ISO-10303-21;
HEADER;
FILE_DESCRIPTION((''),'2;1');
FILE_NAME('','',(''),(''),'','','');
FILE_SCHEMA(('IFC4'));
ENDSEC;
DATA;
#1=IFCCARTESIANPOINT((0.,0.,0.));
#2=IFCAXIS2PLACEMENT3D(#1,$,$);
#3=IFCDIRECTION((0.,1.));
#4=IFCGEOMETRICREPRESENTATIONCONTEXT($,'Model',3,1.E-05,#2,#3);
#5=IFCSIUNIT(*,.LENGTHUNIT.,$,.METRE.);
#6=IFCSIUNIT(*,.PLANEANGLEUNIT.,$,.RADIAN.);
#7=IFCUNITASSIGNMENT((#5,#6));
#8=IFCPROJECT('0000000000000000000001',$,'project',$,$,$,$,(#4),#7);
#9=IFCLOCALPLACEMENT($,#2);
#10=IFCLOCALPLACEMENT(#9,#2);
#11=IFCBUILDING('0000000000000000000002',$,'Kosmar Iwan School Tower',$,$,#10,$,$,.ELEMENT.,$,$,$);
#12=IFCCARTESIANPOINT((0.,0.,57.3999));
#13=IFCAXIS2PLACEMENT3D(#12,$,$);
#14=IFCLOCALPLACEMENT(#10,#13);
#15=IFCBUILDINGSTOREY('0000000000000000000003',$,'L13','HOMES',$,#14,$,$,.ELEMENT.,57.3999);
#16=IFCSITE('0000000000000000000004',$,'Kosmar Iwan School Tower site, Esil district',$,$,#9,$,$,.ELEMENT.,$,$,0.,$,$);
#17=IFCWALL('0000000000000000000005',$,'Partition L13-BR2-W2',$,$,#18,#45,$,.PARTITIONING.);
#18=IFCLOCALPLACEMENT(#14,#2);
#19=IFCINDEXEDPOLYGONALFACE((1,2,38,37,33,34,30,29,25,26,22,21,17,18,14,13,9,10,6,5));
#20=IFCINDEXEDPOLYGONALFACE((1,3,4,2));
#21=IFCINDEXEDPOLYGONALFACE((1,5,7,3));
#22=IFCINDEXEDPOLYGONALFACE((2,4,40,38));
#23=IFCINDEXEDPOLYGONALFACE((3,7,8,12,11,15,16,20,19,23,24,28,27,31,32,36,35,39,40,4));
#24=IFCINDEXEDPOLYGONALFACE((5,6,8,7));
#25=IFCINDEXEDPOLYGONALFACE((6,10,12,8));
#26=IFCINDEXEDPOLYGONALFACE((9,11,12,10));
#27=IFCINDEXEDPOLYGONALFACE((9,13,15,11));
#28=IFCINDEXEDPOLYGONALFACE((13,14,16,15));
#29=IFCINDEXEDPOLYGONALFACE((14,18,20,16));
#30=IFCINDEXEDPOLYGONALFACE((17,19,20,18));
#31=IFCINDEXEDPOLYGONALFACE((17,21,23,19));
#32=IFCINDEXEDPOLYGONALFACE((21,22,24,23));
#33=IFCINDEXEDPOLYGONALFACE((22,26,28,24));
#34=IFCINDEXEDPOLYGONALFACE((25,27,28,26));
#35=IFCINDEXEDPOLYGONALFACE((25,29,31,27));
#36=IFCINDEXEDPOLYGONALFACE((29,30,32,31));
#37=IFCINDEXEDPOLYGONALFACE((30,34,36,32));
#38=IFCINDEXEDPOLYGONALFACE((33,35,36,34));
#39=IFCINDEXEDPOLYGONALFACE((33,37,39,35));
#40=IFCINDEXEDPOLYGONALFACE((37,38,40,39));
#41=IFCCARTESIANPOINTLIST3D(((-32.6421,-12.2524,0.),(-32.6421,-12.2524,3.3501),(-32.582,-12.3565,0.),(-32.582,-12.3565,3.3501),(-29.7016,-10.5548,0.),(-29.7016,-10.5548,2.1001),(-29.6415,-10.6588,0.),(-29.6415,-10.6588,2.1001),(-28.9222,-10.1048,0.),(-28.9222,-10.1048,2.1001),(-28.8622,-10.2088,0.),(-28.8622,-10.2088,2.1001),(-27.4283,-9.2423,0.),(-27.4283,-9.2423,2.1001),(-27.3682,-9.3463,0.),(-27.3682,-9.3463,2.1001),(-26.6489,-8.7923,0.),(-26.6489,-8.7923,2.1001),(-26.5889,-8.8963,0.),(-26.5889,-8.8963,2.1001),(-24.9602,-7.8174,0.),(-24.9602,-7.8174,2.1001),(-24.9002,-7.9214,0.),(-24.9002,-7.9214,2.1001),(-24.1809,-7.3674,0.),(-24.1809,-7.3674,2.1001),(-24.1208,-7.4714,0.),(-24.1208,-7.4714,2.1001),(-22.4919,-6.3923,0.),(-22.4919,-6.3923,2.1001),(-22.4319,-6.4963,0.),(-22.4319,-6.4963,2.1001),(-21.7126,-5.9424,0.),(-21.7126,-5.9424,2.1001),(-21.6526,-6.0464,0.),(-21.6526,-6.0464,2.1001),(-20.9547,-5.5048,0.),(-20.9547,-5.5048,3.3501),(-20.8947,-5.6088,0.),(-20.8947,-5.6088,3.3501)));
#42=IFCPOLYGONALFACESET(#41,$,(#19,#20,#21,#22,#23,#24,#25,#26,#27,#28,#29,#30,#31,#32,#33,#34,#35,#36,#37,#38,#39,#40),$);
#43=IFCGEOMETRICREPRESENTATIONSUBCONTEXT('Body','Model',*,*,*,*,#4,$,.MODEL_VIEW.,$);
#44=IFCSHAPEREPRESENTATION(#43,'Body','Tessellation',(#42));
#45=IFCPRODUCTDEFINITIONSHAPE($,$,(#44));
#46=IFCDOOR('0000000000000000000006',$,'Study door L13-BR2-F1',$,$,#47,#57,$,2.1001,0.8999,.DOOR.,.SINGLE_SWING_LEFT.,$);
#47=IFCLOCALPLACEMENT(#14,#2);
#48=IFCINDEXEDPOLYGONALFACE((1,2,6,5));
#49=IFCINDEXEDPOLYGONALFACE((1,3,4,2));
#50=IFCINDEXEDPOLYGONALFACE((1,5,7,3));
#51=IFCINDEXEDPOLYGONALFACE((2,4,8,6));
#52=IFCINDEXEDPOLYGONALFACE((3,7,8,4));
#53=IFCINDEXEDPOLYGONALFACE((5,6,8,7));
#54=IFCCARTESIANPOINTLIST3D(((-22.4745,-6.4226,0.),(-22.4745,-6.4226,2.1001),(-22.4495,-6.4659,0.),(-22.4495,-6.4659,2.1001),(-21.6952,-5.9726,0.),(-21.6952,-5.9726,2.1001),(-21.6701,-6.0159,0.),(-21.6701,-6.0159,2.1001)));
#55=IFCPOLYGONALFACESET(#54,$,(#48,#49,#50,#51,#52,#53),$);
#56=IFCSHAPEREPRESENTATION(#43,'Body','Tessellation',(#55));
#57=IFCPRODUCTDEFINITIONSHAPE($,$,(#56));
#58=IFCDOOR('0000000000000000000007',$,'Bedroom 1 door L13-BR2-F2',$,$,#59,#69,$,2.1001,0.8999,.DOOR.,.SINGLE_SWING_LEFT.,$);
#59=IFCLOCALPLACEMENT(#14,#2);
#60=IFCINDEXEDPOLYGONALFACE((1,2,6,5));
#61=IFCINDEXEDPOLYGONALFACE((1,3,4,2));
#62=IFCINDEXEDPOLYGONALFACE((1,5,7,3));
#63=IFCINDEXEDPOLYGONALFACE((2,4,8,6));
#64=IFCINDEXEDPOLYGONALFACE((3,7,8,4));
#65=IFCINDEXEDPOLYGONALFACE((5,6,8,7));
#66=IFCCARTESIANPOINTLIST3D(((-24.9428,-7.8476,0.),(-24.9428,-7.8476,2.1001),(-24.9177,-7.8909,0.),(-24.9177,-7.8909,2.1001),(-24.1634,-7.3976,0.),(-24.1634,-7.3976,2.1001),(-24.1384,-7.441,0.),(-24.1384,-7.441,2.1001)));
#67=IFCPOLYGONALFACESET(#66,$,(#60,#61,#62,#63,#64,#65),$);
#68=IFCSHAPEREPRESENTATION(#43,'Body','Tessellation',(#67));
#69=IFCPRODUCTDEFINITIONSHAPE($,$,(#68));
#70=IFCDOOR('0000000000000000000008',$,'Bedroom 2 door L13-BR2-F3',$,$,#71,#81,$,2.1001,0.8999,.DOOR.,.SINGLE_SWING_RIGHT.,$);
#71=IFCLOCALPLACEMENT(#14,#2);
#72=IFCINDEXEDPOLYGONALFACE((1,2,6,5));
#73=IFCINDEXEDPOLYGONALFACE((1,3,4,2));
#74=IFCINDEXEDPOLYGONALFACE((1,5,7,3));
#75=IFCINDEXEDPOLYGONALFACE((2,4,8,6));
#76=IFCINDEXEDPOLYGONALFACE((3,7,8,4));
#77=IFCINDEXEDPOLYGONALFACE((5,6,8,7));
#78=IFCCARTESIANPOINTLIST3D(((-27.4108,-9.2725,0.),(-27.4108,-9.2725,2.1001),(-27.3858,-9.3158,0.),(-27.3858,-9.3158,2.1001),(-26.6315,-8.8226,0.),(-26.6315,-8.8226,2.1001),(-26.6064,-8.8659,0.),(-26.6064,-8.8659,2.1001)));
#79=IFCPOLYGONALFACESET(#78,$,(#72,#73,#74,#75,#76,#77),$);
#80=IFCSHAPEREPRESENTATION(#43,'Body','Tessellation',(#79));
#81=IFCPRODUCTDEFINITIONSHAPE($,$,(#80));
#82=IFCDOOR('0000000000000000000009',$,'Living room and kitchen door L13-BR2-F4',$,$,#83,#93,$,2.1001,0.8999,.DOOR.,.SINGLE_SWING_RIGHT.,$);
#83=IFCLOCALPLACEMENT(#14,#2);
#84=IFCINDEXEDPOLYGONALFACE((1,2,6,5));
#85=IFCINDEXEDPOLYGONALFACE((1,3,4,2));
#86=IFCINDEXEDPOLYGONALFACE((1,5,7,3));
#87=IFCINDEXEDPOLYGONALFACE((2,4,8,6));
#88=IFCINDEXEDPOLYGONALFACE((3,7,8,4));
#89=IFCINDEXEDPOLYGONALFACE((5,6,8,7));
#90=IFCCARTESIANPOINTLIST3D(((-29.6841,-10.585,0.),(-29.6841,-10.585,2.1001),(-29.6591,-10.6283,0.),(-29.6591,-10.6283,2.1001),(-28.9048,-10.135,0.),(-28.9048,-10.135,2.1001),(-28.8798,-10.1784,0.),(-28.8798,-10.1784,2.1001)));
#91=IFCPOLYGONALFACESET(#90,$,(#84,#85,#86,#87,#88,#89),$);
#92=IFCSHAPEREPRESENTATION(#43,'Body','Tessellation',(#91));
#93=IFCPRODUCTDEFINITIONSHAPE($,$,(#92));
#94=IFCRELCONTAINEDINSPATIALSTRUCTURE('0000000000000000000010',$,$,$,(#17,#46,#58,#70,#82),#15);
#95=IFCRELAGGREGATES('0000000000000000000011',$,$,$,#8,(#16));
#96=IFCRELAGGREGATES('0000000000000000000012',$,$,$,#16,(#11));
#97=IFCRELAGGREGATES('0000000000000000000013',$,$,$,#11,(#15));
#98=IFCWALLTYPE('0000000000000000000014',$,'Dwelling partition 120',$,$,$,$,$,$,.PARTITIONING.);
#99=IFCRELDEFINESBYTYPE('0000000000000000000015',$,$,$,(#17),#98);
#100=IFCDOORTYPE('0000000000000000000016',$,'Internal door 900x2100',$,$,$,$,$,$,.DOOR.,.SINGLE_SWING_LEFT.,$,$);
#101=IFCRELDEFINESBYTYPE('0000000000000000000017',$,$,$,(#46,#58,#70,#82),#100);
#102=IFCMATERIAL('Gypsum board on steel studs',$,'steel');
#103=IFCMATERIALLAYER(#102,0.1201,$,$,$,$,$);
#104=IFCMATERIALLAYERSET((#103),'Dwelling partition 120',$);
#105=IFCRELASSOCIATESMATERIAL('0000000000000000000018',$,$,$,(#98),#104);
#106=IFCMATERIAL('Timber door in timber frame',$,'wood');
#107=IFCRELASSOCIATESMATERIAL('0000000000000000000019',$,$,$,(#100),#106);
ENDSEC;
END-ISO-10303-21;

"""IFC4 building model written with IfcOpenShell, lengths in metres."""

from ifc_helpers import new_model, si_unit, direction, frame, frame_2d, origin, place, context, subcontext, project, spatial, rectangle, extrude, material, layer, layer_set, type_object, element, fill, save


model = new_model("IFC4")

# Units and contexts
model_context = context("Model", 3, precision=1e-05, world=origin(), true_north=direction((0.0, 1.0)))
body_context = subcontext(model_context, "Body", "Model", "MODEL_VIEW")
ifc_project = project(units=[si_unit("LENGTHUNIT", "METRE"), si_unit("PLANEANGLEUNIT", "RADIAN")], contexts=[model_context])

# Site, building, storey
site_placement = place(None, origin())
site = spatial("IfcSite", under=ifc_project, at=site_placement, Name="Kosmar Iwan School Tower site, Esil district", CompositionType="ELEMENT", RefElevation=0.0)
building_placement = place(site_placement, origin())
building = spatial("IfcBuilding", under=site, at=building_placement, Name="Kosmar Iwan School Tower", CompositionType="ELEMENT")
storey_placement = place(building_placement, frame((0.0, 0.0, 57.3999)))
storey = spatial("IfcBuildingStorey", under=building, at=storey_placement, Name="L13", Description="HOMES", CompositionType="ELEMENT", Elevation=57.3999)

# Shared definitions
ifc_material_1 = material(Name="Gypsum board on steel studs", Category="steel")
ifc_layer = layer(ifc_material_1, 0.1201)
ifc_layer_set = layer_set([ifc_layer], Name="Dwelling partition 120")
wall_type = type_object("IfcWallType", Name="Dwelling partition 120", PredefinedType="PARTITIONING", material=ifc_layer_set)

# Wall, openings, doors
wall_1_placement = place(storey_placement, frame((-20.9248, -5.5569, 0.0), z_axis=(0.0, 0.0, 1.0), x_axis=(-0.866028, -0.499995, 0.0)))
wall_1 = element("IfcWall", 1, at=wall_1_placement, inside=storey, type_object=wall_type, Name="Partition L13-BR2-W2", PredefinedType="PARTITIONING", context=body_context, shape_type="SweptSolid", body=[
    extrude(rectangle(XDim=13.4954, YDim=0.1201, at=frame_2d((6.7476, 0.0))), origin(), (0.0, 0.0, 1.0), 3.3501),
])
opening_1_placement = place(wall_1_placement, frame((0.875, 0.0, 0.0)))
opening_1 = element("IfcOpeningElement", 2, at=opening_1_placement, cuts=wall_1, PredefinedType="OPENING", context=body_context, shape_type="SweptSolid", body=[
    extrude(rectangle(XDim=0.8999, YDim=2.1001, at=frame_2d((0.45, 1.05))), frame((0.0, 0.072, 0.0), z_axis=(0.0, -1.0, 0.0), x_axis=(1.0, 0.0, 0.0)), (0.0, 0.0, 1.0), 0.144),
])
opening_2_placement = place(wall_1_placement, frame((3.7251, 0.0, 0.0)))
opening_2 = element("IfcOpeningElement", 3, at=opening_2_placement, cuts=wall_1, PredefinedType="OPENING", context=body_context, shape_type="SweptSolid", body=[
    extrude(rectangle(XDim=0.8999, YDim=2.1001, at=frame_2d((0.45, 1.05))), frame((0.0, 0.072, 0.0), z_axis=(0.0, -1.0, 0.0), x_axis=(1.0, 0.0, 0.0)), (0.0, 0.0, 1.0), 0.144),
])
opening_3_placement = place(wall_1_placement, frame((6.575, 0.0, 0.0)))
opening_3 = element("IfcOpeningElement", 4, at=opening_3_placement, cuts=wall_1, PredefinedType="OPENING", context=body_context, shape_type="SweptSolid", body=[
    extrude(rectangle(XDim=0.8999, YDim=2.1001, at=frame_2d((0.45, 1.05))), frame((0.0, 0.072, 0.0), z_axis=(0.0, -1.0, 0.0), x_axis=(1.0, 0.0, 0.0)), (0.0, 0.0, 1.0), 0.144),
])
opening_4_placement = place(wall_1_placement, frame((9.2, 0.0, 0.0)))
opening_4 = element("IfcOpeningElement", 5, at=opening_4_placement, cuts=wall_1, PredefinedType="OPENING", context=body_context, shape_type="SweptSolid", body=[
    extrude(rectangle(XDim=0.8999, YDim=2.1001, at=frame_2d((0.45, 1.05))), frame((0.0, 0.072, 0.0), z_axis=(0.0, -1.0, 0.0), x_axis=(1.0, 0.0, 0.0)), (0.0, 0.0, 1.0), 0.144),
])
ifc_material_2 = material(Name="Timber door in timber frame", Category="wood")
door_type = type_object("IfcDoorType", Name="Internal door 900x2100", OperationType="SINGLE_SWING_LEFT", PredefinedType="DOOR", material=ifc_material_2)
door_1_placement = place(opening_1_placement, origin())
door_1 = element("IfcDoor", 6, at=door_1_placement, inside=storey, type_object=door_type, Name="Study door L13-BR2-F1", OperationType="SINGLE_SWING_LEFT", OverallHeight=2.1001, OverallWidth=0.8999, PredefinedType="DOOR", context=body_context, shape_type="SweptSolid", body=[
    extrude(rectangle(XDim=0.8999, YDim=2.1001, at=frame_2d((0.45, 1.05))), frame((0.0, 0.0249, 0.0), z_axis=(0.0, -1.0, 0.0), x_axis=(1.0, 0.0, 0.0)), (0.0, 0.0, 1.0), 0.05),
])
fill(opening_1, door_1)
door_2_placement = place(opening_2_placement, origin())
door_2 = element("IfcDoor", 7, at=door_2_placement, inside=storey, type_object=door_type, Name="Bedroom 1 door L13-BR2-F2", OperationType="SINGLE_SWING_LEFT", OverallHeight=2.1001, OverallWidth=0.8999, PredefinedType="DOOR", context=body_context, shape_type="SweptSolid", body=[
    extrude(rectangle(XDim=0.8999, YDim=2.1001, at=frame_2d((0.45, 1.05))), frame((0.0, 0.0249, 0.0), z_axis=(0.0, -1.0, 0.0), x_axis=(1.0, 0.0, 0.0)), (0.0, 0.0, 1.0), 0.05),
])
fill(opening_2, door_2)
door_3_placement = place(opening_3_placement, origin())
door_3 = element("IfcDoor", 8, at=door_3_placement, inside=storey, type_object=door_type, Name="Bedroom 2 door L13-BR2-F3", OperationType="SINGLE_SWING_RIGHT", OverallHeight=2.1001, OverallWidth=0.8999, PredefinedType="DOOR", context=body_context, shape_type="SweptSolid", body=[
    extrude(rectangle(XDim=0.8999, YDim=2.1001, at=frame_2d((0.45, 1.05))), frame((0.0, 0.0249, 0.0), z_axis=(0.0, -1.0, 0.0), x_axis=(1.0, 0.0, 0.0)), (0.0, 0.0, 1.0), 0.05),
])
fill(opening_3, door_3)
door_4_placement = place(opening_4_placement, origin())
door_4 = element("IfcDoor", 9, at=door_4_placement, inside=storey, type_object=door_type, Name="Living room and kitchen door L13-BR2-F4", OperationType="SINGLE_SWING_RIGHT", OverallHeight=2.1001, OverallWidth=0.8999, PredefinedType="DOOR", context=body_context, shape_type="SweptSolid", body=[
    extrude(rectangle(XDim=0.8999, YDim=2.1001, at=frame_2d((0.45, 1.05))), frame((0.0, 0.0249, 0.0), z_axis=(0.0, -1.0, 0.0), x_axis=(1.0, 0.0, 0.0)), (0.0, 0.0, 1.0), 0.05),
])
fill(opening_4, door_4)

save(model, "model.ifc")
